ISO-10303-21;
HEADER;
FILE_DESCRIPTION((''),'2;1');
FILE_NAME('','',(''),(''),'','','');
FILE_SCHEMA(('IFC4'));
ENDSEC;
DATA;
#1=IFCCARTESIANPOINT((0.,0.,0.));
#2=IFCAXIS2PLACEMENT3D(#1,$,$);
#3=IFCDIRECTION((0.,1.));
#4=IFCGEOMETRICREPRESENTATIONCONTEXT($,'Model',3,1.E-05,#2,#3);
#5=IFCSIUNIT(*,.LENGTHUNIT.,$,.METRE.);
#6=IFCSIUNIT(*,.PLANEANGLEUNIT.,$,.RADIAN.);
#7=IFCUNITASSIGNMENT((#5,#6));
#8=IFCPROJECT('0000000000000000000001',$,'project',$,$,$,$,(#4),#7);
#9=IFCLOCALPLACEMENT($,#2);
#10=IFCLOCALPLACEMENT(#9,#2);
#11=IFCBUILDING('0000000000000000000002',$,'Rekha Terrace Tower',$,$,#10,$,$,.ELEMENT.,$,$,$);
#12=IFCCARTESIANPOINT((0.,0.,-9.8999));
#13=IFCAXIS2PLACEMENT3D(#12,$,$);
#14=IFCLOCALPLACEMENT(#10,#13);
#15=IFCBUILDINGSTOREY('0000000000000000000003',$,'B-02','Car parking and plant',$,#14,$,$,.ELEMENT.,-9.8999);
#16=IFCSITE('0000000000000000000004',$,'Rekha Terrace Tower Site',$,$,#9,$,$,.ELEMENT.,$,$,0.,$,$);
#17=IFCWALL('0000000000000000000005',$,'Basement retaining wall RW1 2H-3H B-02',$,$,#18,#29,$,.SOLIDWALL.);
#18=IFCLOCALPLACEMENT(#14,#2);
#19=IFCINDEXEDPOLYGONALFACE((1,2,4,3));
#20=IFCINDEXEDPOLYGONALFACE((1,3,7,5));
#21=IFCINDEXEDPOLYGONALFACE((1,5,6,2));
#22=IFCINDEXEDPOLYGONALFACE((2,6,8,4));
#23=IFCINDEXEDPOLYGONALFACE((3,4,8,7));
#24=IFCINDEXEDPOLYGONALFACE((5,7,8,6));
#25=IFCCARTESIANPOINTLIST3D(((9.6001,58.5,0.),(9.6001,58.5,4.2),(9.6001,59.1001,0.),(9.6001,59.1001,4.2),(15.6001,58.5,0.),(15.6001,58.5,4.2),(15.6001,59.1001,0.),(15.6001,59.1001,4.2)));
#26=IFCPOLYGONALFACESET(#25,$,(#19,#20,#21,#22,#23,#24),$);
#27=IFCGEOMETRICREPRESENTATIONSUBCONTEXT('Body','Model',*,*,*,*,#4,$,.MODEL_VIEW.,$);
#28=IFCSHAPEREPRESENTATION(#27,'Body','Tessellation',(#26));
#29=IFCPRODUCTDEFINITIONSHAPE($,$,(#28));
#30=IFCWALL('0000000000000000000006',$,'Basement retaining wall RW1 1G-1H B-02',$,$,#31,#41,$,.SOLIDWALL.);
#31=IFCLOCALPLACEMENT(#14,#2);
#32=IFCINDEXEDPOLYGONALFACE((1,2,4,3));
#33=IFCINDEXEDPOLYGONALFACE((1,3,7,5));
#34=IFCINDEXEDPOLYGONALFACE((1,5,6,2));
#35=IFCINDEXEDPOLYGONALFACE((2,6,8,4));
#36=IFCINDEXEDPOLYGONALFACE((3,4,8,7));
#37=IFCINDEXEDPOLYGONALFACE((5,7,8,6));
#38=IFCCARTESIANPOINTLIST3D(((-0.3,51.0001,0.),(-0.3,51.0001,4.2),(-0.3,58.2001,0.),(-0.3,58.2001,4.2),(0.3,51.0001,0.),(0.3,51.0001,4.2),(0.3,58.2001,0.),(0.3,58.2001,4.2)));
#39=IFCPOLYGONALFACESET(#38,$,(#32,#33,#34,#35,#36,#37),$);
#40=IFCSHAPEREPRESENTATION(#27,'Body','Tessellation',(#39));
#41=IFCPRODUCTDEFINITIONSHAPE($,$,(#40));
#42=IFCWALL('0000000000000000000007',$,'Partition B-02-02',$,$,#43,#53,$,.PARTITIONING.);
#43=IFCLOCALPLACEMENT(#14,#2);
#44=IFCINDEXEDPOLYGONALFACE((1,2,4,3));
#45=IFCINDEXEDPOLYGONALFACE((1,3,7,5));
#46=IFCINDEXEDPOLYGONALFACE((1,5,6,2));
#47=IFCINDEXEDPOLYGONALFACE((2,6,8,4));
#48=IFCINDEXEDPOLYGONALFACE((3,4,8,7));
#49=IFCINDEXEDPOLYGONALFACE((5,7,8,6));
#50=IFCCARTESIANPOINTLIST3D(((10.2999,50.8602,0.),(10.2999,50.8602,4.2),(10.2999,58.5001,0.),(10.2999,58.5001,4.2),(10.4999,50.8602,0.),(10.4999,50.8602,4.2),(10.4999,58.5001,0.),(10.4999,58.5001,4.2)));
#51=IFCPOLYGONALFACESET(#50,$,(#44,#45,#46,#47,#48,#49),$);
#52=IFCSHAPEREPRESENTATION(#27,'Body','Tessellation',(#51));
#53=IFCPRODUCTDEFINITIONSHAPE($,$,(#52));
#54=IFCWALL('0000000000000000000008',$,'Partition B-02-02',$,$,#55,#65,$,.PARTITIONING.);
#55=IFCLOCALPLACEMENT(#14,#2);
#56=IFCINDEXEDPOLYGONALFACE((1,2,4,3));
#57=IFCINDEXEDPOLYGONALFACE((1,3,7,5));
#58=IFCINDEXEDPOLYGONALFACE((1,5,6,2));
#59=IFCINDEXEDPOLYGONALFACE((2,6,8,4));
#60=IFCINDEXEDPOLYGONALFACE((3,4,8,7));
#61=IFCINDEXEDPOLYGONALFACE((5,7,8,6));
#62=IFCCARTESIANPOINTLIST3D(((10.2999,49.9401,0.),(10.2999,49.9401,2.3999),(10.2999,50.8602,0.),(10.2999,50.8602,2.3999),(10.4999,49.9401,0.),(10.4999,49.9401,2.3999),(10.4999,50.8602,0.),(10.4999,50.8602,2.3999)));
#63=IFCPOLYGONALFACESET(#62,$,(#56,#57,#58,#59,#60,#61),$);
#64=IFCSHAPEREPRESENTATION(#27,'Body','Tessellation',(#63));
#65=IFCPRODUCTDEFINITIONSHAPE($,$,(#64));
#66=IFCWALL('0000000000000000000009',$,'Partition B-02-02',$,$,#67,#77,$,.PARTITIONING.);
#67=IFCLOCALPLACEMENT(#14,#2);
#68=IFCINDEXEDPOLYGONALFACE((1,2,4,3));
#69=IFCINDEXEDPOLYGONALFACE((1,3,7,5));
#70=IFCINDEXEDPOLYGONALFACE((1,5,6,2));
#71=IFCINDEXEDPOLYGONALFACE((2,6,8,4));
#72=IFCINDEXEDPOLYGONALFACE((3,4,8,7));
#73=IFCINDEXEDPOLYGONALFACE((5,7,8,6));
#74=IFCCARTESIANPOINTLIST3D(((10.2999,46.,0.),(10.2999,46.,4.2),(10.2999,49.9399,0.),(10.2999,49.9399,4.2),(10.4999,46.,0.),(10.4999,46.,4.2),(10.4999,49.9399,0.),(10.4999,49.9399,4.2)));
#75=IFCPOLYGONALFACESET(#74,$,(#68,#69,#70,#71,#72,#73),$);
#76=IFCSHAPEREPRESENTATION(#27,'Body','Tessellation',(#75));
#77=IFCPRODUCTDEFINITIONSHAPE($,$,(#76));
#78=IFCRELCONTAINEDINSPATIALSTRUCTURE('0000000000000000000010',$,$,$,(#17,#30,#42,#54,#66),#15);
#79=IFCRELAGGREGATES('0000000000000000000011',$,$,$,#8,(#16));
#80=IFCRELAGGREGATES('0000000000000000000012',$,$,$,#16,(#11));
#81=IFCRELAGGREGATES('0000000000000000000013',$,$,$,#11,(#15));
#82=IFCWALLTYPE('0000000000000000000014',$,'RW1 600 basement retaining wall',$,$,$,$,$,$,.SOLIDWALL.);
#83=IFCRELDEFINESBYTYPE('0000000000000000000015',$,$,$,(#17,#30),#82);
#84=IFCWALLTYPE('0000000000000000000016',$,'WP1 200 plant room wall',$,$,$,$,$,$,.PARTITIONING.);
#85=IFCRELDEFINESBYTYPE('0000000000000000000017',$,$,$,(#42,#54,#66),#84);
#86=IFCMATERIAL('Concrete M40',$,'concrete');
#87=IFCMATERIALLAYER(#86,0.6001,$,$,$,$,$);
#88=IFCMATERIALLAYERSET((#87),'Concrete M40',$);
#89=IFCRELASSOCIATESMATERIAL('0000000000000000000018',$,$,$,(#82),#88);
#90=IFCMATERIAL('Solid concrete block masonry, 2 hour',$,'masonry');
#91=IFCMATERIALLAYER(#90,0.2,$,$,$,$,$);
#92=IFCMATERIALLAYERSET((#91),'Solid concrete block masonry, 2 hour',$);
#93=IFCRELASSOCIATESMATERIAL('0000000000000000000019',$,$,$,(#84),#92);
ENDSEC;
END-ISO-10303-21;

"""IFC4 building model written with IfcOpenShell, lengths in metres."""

from ifc_helpers import new_model, si_unit, direction, frame, frame_2d, origin, place, context, subcontext, project, spatial, rectangle, extrude, material, layer, layer_set, type_object, element, save


model = new_model("IFC4")

# Units and contexts
model_context = context("Model", 3, precision=1e-05, world=origin(), true_north=direction((0.0, 1.0)))
body_context = subcontext(model_context, "Body", "Model", "MODEL_VIEW")
ifc_project = project(units=[si_unit("LENGTHUNIT", "METRE"), si_unit("PLANEANGLEUNIT", "RADIAN")], contexts=[model_context])

# Site, building, storey
site_placement = place(None, origin())
site = spatial("IfcSite", under=ifc_project, at=site_placement, Name="Rekha Terrace Tower Site", CompositionType="ELEMENT", RefElevation=0.0)
building_placement = place(site_placement, origin())
building = spatial("IfcBuilding", under=site, at=building_placement, Name="Rekha Terrace Tower", CompositionType="ELEMENT")
storey_placement = place(building_placement, frame((0.0, 0.0, -9.8999)))
storey = spatial("IfcBuildingStorey", under=building, at=storey_placement, Name="B-02", Description="Car parking and plant", CompositionType="ELEMENT", Elevation=-9.8999)

# Walls
ifc_material_1 = material(Name="Concrete M40", Category="concrete")
ifc_layer_1 = layer(ifc_material_1, 0.6001)
ifc_layer_set_1 = layer_set([ifc_layer_1], Name="Concrete M40")
wall_type_1 = type_object("IfcWallType", Name="RW1 600 basement retaining wall", PredefinedType="SOLIDWALL", material=ifc_layer_set_1)
wall_1_placement = place(storey_placement, frame((9.6001, 58.8, 0.0), z_axis=(0.0, 0.0, 1.0), x_axis=(1.0, 0.0, 0.0)))
element("IfcWall", 1, at=wall_1_placement, inside=storey, type_object=wall_type_1, Name="Basement retaining wall RW1 2H-3H B-02", PredefinedType="SOLIDWALL", context=body_context, shape_type="SweptSolid", body=[
    extrude(rectangle(XDim=6.0, YDim=0.6001, at=frame_2d((3.0, 0.0))), origin(), (0.0, 0.0, 1.0), 4.2),
])
wall_2_placement = place(storey_placement, frame((0.0, 51.0, 0.0), z_axis=(0.0, 0.0, 1.0), x_axis=(0.0, 1.0, 0.0)))
element("IfcWall", 2, at=wall_2_placement, inside=storey, type_object=wall_type_1, Name="Basement retaining wall RW1 1G-1H B-02", PredefinedType="SOLIDWALL", context=body_context, shape_type="SweptSolid", body=[
    extrude(rectangle(XDim=7.2, YDim=0.6001, at=frame_2d((3.6001, 0.0))), origin(), (0.0, 0.0, 1.0), 4.2),
])
ifc_material_2 = material(Name="Solid concrete block masonry, 2 hour", Category="masonry")
ifc_layer_2 = layer(ifc_material_2, 0.2)
ifc_layer_set_2 = layer_set([ifc_layer_2], Name="Solid concrete block masonry, 2 hour")
wall_type_2 = type_object("IfcWallType", Name="WP1 200 plant room wall", PredefinedType="PARTITIONING", material=ifc_layer_set_2)
wall_3_placement = place(storey_placement, frame((10.3999, 58.5, 0.0), z_axis=(0.0, 0.0, 1.0), x_axis=(0.0, -1.0, 0.0)))
element("IfcWall", 3, at=wall_3_placement, inside=storey, type_object=wall_type_2, Name="Partition B-02-02", PredefinedType="PARTITIONING", context=body_context, shape_type="SweptSolid", body=[
    extrude(rectangle(XDim=7.6399, YDim=0.2, at=frame_2d((3.8198, 0.0))), origin(), (0.0, 0.0, 1.0), 4.2),
])
wall_4_placement = place(storey_placement, frame((10.3999, 50.8601, 0.0), z_axis=(0.0, 0.0, 1.0), x_axis=(0.0, -1.0, 0.0)))
element("IfcWall", 4, at=wall_4_placement, inside=storey, type_object=wall_type_2, Name="Partition B-02-02", PredefinedType="PARTITIONING", context=body_context, shape_type="SweptSolid", body=[
    extrude(rectangle(XDim=0.9202, YDim=0.2, at=frame_2d((0.46, 0.0))), origin(), (0.0, 0.0, 1.0), 2.3999),
])
wall_5_placement = place(storey_placement, frame((10.3999, 49.9399, 0.0), z_axis=(0.0, 0.0, 1.0), x_axis=(0.0, -1.0, 0.0)))
element("IfcWall", 5, at=wall_5_placement, inside=storey, type_object=wall_type_2, Name="Partition B-02-02", PredefinedType="PARTITIONING", context=body_context, shape_type="SweptSolid", body=[
    extrude(rectangle(XDim=3.9399, YDim=0.2, at=frame_2d((1.97, 0.0))), origin(), (0.0, 0.0, 1.0), 4.2),
])

save(model, "model.ifc")
